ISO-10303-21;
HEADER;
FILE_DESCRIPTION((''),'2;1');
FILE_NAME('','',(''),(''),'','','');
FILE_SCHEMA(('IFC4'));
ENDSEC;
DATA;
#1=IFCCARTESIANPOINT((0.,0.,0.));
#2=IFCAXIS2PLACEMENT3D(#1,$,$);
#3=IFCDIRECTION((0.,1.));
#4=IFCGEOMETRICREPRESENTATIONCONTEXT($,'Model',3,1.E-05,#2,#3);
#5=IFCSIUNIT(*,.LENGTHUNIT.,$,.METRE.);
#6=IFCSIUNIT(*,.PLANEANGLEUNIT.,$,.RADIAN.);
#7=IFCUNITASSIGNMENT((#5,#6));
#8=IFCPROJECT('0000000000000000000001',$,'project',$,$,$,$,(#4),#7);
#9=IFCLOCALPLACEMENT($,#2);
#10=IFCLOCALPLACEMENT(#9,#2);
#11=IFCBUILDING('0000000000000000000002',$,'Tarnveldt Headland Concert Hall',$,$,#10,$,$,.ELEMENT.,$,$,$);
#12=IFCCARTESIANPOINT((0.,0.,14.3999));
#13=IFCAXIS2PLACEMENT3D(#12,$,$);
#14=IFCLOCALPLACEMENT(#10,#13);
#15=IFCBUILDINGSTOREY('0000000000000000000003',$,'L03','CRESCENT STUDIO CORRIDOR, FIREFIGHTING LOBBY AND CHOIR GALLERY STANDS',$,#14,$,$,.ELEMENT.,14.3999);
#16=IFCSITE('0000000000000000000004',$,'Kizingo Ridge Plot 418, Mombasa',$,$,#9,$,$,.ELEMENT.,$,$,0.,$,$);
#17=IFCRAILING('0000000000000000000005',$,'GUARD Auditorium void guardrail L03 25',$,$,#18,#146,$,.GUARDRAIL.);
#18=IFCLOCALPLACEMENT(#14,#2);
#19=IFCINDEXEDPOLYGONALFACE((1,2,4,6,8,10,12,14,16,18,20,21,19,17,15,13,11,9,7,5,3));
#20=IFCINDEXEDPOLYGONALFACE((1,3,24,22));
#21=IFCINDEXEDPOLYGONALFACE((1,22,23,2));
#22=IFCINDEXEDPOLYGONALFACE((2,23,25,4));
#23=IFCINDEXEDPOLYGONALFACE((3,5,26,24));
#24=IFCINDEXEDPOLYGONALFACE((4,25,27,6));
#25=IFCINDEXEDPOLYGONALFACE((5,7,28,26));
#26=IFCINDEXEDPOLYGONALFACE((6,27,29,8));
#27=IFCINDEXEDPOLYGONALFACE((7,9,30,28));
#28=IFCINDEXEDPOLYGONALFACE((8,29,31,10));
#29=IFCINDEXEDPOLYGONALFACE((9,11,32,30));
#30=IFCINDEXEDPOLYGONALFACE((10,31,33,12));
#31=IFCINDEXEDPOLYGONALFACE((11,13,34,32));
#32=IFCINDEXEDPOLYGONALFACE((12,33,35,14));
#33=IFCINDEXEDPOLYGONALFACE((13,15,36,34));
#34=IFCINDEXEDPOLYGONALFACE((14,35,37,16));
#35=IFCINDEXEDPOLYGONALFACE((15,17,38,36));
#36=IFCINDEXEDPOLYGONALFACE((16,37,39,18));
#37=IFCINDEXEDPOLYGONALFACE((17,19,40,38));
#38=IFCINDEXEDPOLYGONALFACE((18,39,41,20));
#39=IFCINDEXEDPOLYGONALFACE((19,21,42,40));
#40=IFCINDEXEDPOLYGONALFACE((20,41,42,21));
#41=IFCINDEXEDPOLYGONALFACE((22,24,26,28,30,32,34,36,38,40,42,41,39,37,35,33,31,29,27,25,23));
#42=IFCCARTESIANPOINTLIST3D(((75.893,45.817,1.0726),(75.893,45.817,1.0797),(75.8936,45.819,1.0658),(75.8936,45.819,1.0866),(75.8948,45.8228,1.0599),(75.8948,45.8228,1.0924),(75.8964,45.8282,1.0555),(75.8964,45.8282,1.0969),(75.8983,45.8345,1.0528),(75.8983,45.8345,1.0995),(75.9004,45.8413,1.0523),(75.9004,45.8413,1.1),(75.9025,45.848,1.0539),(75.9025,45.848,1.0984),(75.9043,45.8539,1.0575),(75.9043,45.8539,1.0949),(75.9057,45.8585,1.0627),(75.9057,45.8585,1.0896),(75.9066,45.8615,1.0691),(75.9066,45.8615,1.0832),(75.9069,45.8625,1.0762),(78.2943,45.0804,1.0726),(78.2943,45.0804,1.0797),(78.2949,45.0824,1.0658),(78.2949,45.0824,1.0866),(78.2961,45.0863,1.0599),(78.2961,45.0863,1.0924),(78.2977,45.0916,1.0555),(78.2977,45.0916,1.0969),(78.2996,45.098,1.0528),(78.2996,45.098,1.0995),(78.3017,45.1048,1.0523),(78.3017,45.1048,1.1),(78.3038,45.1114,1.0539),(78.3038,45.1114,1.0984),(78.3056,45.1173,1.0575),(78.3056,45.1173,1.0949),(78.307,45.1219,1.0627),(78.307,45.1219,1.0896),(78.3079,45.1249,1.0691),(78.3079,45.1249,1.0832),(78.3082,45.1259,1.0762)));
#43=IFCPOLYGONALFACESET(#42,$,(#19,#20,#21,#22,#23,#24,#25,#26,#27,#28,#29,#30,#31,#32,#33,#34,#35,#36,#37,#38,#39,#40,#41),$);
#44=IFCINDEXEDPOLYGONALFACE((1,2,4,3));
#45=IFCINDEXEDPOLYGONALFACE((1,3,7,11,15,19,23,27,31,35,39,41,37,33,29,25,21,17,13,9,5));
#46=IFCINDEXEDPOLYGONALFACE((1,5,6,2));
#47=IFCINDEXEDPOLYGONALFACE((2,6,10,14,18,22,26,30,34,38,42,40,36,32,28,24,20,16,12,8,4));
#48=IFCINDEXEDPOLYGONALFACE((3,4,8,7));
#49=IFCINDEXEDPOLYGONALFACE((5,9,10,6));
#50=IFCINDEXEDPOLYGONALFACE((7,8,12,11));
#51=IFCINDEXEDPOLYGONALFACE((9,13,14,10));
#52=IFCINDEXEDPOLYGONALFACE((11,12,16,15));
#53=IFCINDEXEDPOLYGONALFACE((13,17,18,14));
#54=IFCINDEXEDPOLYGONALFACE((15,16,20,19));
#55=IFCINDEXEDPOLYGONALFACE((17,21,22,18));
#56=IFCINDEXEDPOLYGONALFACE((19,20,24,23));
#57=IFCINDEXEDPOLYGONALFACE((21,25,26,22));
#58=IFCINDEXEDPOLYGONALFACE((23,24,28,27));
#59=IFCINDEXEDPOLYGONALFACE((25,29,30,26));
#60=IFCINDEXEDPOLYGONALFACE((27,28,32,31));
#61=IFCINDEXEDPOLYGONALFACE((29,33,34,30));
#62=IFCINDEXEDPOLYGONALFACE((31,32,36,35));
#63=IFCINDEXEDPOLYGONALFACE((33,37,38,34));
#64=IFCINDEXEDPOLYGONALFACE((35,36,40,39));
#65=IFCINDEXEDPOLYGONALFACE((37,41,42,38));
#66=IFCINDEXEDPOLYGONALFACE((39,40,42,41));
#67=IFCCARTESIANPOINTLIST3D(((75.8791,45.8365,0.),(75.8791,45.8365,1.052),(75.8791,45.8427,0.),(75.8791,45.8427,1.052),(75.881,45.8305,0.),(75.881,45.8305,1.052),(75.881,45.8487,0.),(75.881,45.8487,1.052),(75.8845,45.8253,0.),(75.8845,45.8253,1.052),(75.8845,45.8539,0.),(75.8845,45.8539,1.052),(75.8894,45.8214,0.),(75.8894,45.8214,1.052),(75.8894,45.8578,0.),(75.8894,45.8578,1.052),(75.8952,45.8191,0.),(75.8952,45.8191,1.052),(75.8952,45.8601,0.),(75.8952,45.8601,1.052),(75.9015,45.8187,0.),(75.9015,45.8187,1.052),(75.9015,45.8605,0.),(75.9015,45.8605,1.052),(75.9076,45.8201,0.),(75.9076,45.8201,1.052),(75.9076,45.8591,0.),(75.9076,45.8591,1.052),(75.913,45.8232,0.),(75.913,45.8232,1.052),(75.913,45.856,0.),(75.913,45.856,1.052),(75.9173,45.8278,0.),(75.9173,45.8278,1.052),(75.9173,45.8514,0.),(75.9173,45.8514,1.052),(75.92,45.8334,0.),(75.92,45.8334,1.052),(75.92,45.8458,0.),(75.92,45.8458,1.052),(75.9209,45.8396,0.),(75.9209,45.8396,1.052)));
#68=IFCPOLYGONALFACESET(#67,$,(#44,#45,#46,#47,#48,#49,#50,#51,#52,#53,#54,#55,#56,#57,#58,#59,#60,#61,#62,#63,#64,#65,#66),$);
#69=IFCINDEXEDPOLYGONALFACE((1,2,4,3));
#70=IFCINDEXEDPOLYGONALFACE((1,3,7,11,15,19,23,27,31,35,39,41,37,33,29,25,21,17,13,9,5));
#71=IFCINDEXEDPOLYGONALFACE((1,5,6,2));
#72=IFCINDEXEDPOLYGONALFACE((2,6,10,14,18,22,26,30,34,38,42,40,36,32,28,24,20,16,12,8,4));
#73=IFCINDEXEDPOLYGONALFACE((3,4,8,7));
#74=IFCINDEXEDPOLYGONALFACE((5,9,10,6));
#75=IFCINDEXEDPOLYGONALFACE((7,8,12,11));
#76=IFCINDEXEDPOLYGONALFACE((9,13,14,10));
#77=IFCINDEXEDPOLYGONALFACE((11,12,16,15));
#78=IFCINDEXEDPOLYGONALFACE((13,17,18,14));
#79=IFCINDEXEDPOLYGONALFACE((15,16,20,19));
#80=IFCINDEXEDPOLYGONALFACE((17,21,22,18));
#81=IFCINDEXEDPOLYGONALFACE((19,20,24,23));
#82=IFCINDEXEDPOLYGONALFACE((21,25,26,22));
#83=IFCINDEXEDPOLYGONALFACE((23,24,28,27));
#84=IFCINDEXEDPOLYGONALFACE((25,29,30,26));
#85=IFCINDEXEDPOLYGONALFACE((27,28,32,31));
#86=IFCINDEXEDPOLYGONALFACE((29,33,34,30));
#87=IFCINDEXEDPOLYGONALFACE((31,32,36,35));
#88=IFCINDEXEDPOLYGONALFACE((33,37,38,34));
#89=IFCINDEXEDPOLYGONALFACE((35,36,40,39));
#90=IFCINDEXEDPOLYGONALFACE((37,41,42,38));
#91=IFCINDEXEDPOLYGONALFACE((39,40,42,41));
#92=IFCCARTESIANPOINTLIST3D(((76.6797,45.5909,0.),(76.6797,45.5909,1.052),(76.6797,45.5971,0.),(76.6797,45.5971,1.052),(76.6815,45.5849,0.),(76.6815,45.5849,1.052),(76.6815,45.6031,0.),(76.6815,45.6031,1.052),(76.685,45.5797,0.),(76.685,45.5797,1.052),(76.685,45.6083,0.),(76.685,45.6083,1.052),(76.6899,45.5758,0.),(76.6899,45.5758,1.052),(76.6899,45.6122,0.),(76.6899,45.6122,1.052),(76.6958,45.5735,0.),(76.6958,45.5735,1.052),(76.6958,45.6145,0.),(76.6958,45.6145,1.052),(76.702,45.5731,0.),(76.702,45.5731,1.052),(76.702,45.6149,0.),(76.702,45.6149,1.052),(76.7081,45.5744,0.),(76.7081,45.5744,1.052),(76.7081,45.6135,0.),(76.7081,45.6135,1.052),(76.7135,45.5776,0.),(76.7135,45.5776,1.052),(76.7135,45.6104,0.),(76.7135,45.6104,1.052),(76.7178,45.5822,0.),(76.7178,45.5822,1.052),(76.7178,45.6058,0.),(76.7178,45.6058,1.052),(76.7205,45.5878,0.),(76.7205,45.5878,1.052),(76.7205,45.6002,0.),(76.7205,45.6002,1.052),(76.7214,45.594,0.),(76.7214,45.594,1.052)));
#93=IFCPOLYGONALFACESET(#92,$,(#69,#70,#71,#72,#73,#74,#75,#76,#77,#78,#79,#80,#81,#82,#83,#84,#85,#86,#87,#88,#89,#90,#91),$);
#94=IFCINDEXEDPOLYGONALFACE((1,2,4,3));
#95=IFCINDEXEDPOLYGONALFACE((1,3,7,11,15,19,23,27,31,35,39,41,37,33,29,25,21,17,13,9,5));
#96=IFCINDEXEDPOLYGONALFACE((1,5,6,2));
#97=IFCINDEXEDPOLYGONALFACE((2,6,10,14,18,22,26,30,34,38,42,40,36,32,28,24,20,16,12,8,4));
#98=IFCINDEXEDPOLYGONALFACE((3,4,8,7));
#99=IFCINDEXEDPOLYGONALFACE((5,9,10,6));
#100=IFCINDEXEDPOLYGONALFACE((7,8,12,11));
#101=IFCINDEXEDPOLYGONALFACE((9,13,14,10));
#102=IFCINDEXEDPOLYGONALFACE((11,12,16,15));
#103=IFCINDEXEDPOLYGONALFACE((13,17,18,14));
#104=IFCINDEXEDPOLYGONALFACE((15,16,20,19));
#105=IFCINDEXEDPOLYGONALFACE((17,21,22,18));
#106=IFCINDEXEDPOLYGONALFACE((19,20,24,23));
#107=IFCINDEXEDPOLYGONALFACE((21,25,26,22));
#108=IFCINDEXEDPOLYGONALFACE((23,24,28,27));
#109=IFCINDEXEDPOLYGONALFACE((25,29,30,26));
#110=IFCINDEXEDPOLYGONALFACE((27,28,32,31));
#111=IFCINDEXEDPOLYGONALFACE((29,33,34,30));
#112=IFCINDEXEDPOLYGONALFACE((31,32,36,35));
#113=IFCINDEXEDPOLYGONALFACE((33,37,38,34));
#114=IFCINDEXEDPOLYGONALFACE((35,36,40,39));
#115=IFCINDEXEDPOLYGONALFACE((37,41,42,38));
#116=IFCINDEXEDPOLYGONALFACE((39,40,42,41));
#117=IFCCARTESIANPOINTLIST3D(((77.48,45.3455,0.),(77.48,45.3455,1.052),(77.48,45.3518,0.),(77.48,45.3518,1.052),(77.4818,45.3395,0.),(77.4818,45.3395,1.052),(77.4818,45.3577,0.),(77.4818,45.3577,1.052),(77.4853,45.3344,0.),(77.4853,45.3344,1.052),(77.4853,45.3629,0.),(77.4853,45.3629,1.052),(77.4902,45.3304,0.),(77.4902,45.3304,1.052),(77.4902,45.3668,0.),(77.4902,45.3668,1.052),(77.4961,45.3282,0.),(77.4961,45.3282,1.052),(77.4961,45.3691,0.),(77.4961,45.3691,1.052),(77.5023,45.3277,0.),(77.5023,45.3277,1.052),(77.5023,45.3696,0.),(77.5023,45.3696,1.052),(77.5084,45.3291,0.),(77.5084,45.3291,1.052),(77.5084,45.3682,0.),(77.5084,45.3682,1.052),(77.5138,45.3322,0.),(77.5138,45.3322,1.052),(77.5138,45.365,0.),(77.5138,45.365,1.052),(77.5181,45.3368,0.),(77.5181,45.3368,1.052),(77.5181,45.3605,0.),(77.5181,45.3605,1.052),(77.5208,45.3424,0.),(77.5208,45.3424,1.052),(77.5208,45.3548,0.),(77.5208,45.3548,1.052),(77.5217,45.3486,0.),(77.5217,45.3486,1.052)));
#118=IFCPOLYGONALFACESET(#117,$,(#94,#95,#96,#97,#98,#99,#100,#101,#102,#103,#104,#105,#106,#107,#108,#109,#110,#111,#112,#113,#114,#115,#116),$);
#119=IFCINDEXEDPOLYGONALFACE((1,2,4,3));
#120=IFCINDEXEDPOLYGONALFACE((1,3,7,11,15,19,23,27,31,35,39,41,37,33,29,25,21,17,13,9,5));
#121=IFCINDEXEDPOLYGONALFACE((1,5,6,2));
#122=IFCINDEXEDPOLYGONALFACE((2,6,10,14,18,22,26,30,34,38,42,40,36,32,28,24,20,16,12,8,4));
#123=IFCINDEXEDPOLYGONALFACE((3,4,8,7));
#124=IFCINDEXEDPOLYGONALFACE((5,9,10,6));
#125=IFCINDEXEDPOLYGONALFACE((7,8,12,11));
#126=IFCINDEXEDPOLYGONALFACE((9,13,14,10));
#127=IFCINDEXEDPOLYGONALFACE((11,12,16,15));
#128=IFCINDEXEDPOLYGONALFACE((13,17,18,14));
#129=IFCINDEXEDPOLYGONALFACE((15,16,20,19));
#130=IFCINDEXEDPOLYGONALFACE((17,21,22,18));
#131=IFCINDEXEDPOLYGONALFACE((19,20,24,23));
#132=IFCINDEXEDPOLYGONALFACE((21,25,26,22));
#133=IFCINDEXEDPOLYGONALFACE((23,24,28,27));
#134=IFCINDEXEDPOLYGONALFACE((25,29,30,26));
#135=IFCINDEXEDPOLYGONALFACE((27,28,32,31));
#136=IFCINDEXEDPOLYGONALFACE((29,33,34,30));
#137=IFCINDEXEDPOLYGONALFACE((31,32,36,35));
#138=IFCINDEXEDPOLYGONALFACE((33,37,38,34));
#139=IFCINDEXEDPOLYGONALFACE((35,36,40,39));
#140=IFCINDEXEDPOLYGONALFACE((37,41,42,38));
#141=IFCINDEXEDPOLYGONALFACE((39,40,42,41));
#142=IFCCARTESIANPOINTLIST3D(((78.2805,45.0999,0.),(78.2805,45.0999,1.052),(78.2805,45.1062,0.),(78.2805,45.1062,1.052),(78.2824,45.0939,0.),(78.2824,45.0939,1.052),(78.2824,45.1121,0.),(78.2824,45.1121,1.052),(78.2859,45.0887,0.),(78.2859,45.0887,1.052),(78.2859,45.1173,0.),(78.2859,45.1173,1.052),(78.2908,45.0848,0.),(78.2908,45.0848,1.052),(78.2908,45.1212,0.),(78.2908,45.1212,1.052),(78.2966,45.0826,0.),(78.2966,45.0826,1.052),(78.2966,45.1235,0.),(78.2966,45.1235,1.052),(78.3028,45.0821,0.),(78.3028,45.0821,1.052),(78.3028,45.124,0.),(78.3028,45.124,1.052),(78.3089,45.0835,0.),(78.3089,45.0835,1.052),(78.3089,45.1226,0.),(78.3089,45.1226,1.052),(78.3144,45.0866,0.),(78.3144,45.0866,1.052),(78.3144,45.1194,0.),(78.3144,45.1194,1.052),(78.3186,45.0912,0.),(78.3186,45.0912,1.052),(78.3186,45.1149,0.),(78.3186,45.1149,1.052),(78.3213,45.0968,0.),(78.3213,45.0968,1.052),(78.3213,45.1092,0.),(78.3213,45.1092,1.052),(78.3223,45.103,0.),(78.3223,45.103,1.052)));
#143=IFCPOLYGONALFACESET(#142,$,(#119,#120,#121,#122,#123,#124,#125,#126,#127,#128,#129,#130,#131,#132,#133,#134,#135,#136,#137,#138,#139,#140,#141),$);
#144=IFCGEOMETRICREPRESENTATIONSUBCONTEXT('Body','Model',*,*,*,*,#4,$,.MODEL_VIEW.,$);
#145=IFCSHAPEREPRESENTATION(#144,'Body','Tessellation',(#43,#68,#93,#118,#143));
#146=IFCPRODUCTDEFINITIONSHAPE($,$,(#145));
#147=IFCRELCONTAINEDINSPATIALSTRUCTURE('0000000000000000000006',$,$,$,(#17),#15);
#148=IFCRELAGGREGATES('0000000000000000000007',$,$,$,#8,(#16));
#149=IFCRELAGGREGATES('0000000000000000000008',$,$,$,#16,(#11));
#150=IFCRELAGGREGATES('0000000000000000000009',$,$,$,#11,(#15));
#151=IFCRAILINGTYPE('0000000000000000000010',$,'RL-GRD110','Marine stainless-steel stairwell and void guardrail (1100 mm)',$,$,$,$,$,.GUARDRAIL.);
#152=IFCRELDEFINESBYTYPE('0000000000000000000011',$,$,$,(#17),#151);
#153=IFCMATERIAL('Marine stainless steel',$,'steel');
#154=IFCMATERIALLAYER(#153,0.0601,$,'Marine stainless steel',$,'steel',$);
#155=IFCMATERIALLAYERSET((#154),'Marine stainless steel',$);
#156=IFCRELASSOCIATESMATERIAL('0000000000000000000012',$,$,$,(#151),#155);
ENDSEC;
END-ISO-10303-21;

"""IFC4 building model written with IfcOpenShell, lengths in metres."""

from ifc_helpers import new_model, si_unit, direction, frame, origin, origin_2d, place, context, subcontext, project, spatial, circle, extrude, material, layer, layer_set, type_object, element, save


model = new_model("IFC4")

# Units and contexts
model_context = context("Model", 3, precision=1e-05, world=origin(), true_north=direction((0.0, 1.0)))
body_context = subcontext(model_context, "Body", "Model", "MODEL_VIEW")
ifc_project = project(units=[si_unit("LENGTHUNIT", "METRE"), si_unit("PLANEANGLEUNIT", "RADIAN")], contexts=[model_context])

# Site, building, storey
site_placement = place(None, origin())
site = spatial("IfcSite", under=ifc_project, at=site_placement, Name="Kizingo Ridge Plot 418, Mombasa", CompositionType="ELEMENT", RefElevation=0.0)
building_placement = place(site_placement, origin())
building = spatial("IfcBuilding", under=site, at=building_placement, Name="Tarnveldt Headland Concert Hall", CompositionType="ELEMENT")
storey_placement = place(building_placement, frame((0.0, 0.0, 14.3999)))
storey = spatial("IfcBuildingStorey", under=building, at=storey_placement, Name="L03", Description="CRESCENT STUDIO CORRIDOR, FIREFIGHTING LOBBY AND CHOIR GALLERY STANDS", CompositionType="ELEMENT", Elevation=14.3999)

# Railing
ifc_material_1 = material(Name="Marine stainless steel", Category="steel")
ifc_layer_1 = layer(ifc_material_1, 0.0601, Name="Marine stainless steel", Category="steel")
ifc_layer_set_1 = layer_set([ifc_layer_1], Name="Marine stainless steel")
railing_type_1 = type_object("IfcRailingType", Name="RL-GRD110", Description="Marine stainless-steel stairwell and void guardrail (1100 mm)", PredefinedType="GUARDRAIL", material=ifc_layer_set_1)
railing_1_placement = place(storey_placement, frame((75.8999, 45.8396, 0.0)))
element("IfcRailing", 1, at=railing_1_placement, inside=storey, type_object=railing_type_1, Name="GUARD Auditorium void guardrail L03 25", PredefinedType="GUARDRAIL", context=body_context, shape_type="SweptSolid", body=[
    extrude(circle(Radius=0.0239, at=origin_2d()), frame((0.0, 0.0, 1.0762), z_axis=(0.956037, -0.293246, 0.0), x_axis=(0.293246, 0.956037, 0.0)), (0.0, 0.0, 1.0), 2.5117),
    extrude(circle(Radius=0.021, at=origin_2d()), origin(), (0.0, 0.0, 1.0), 1.052),
    extrude(circle(Radius=0.021, at=origin_2d()), frame((0.8005, -0.2456, 0.0)), (0.0, 0.0, 1.0), 1.052),
    extrude(circle(Radius=0.021, at=origin_2d()), frame((1.6008, -0.491, 0.0)), (0.0, 0.0, 1.0), 1.052),
    extrude(circle(Radius=0.021, at=origin_2d()), frame((2.4014, -0.7366, 0.0)), (0.0, 0.0, 1.0), 1.052),
])

save(model, "model.ifc")
